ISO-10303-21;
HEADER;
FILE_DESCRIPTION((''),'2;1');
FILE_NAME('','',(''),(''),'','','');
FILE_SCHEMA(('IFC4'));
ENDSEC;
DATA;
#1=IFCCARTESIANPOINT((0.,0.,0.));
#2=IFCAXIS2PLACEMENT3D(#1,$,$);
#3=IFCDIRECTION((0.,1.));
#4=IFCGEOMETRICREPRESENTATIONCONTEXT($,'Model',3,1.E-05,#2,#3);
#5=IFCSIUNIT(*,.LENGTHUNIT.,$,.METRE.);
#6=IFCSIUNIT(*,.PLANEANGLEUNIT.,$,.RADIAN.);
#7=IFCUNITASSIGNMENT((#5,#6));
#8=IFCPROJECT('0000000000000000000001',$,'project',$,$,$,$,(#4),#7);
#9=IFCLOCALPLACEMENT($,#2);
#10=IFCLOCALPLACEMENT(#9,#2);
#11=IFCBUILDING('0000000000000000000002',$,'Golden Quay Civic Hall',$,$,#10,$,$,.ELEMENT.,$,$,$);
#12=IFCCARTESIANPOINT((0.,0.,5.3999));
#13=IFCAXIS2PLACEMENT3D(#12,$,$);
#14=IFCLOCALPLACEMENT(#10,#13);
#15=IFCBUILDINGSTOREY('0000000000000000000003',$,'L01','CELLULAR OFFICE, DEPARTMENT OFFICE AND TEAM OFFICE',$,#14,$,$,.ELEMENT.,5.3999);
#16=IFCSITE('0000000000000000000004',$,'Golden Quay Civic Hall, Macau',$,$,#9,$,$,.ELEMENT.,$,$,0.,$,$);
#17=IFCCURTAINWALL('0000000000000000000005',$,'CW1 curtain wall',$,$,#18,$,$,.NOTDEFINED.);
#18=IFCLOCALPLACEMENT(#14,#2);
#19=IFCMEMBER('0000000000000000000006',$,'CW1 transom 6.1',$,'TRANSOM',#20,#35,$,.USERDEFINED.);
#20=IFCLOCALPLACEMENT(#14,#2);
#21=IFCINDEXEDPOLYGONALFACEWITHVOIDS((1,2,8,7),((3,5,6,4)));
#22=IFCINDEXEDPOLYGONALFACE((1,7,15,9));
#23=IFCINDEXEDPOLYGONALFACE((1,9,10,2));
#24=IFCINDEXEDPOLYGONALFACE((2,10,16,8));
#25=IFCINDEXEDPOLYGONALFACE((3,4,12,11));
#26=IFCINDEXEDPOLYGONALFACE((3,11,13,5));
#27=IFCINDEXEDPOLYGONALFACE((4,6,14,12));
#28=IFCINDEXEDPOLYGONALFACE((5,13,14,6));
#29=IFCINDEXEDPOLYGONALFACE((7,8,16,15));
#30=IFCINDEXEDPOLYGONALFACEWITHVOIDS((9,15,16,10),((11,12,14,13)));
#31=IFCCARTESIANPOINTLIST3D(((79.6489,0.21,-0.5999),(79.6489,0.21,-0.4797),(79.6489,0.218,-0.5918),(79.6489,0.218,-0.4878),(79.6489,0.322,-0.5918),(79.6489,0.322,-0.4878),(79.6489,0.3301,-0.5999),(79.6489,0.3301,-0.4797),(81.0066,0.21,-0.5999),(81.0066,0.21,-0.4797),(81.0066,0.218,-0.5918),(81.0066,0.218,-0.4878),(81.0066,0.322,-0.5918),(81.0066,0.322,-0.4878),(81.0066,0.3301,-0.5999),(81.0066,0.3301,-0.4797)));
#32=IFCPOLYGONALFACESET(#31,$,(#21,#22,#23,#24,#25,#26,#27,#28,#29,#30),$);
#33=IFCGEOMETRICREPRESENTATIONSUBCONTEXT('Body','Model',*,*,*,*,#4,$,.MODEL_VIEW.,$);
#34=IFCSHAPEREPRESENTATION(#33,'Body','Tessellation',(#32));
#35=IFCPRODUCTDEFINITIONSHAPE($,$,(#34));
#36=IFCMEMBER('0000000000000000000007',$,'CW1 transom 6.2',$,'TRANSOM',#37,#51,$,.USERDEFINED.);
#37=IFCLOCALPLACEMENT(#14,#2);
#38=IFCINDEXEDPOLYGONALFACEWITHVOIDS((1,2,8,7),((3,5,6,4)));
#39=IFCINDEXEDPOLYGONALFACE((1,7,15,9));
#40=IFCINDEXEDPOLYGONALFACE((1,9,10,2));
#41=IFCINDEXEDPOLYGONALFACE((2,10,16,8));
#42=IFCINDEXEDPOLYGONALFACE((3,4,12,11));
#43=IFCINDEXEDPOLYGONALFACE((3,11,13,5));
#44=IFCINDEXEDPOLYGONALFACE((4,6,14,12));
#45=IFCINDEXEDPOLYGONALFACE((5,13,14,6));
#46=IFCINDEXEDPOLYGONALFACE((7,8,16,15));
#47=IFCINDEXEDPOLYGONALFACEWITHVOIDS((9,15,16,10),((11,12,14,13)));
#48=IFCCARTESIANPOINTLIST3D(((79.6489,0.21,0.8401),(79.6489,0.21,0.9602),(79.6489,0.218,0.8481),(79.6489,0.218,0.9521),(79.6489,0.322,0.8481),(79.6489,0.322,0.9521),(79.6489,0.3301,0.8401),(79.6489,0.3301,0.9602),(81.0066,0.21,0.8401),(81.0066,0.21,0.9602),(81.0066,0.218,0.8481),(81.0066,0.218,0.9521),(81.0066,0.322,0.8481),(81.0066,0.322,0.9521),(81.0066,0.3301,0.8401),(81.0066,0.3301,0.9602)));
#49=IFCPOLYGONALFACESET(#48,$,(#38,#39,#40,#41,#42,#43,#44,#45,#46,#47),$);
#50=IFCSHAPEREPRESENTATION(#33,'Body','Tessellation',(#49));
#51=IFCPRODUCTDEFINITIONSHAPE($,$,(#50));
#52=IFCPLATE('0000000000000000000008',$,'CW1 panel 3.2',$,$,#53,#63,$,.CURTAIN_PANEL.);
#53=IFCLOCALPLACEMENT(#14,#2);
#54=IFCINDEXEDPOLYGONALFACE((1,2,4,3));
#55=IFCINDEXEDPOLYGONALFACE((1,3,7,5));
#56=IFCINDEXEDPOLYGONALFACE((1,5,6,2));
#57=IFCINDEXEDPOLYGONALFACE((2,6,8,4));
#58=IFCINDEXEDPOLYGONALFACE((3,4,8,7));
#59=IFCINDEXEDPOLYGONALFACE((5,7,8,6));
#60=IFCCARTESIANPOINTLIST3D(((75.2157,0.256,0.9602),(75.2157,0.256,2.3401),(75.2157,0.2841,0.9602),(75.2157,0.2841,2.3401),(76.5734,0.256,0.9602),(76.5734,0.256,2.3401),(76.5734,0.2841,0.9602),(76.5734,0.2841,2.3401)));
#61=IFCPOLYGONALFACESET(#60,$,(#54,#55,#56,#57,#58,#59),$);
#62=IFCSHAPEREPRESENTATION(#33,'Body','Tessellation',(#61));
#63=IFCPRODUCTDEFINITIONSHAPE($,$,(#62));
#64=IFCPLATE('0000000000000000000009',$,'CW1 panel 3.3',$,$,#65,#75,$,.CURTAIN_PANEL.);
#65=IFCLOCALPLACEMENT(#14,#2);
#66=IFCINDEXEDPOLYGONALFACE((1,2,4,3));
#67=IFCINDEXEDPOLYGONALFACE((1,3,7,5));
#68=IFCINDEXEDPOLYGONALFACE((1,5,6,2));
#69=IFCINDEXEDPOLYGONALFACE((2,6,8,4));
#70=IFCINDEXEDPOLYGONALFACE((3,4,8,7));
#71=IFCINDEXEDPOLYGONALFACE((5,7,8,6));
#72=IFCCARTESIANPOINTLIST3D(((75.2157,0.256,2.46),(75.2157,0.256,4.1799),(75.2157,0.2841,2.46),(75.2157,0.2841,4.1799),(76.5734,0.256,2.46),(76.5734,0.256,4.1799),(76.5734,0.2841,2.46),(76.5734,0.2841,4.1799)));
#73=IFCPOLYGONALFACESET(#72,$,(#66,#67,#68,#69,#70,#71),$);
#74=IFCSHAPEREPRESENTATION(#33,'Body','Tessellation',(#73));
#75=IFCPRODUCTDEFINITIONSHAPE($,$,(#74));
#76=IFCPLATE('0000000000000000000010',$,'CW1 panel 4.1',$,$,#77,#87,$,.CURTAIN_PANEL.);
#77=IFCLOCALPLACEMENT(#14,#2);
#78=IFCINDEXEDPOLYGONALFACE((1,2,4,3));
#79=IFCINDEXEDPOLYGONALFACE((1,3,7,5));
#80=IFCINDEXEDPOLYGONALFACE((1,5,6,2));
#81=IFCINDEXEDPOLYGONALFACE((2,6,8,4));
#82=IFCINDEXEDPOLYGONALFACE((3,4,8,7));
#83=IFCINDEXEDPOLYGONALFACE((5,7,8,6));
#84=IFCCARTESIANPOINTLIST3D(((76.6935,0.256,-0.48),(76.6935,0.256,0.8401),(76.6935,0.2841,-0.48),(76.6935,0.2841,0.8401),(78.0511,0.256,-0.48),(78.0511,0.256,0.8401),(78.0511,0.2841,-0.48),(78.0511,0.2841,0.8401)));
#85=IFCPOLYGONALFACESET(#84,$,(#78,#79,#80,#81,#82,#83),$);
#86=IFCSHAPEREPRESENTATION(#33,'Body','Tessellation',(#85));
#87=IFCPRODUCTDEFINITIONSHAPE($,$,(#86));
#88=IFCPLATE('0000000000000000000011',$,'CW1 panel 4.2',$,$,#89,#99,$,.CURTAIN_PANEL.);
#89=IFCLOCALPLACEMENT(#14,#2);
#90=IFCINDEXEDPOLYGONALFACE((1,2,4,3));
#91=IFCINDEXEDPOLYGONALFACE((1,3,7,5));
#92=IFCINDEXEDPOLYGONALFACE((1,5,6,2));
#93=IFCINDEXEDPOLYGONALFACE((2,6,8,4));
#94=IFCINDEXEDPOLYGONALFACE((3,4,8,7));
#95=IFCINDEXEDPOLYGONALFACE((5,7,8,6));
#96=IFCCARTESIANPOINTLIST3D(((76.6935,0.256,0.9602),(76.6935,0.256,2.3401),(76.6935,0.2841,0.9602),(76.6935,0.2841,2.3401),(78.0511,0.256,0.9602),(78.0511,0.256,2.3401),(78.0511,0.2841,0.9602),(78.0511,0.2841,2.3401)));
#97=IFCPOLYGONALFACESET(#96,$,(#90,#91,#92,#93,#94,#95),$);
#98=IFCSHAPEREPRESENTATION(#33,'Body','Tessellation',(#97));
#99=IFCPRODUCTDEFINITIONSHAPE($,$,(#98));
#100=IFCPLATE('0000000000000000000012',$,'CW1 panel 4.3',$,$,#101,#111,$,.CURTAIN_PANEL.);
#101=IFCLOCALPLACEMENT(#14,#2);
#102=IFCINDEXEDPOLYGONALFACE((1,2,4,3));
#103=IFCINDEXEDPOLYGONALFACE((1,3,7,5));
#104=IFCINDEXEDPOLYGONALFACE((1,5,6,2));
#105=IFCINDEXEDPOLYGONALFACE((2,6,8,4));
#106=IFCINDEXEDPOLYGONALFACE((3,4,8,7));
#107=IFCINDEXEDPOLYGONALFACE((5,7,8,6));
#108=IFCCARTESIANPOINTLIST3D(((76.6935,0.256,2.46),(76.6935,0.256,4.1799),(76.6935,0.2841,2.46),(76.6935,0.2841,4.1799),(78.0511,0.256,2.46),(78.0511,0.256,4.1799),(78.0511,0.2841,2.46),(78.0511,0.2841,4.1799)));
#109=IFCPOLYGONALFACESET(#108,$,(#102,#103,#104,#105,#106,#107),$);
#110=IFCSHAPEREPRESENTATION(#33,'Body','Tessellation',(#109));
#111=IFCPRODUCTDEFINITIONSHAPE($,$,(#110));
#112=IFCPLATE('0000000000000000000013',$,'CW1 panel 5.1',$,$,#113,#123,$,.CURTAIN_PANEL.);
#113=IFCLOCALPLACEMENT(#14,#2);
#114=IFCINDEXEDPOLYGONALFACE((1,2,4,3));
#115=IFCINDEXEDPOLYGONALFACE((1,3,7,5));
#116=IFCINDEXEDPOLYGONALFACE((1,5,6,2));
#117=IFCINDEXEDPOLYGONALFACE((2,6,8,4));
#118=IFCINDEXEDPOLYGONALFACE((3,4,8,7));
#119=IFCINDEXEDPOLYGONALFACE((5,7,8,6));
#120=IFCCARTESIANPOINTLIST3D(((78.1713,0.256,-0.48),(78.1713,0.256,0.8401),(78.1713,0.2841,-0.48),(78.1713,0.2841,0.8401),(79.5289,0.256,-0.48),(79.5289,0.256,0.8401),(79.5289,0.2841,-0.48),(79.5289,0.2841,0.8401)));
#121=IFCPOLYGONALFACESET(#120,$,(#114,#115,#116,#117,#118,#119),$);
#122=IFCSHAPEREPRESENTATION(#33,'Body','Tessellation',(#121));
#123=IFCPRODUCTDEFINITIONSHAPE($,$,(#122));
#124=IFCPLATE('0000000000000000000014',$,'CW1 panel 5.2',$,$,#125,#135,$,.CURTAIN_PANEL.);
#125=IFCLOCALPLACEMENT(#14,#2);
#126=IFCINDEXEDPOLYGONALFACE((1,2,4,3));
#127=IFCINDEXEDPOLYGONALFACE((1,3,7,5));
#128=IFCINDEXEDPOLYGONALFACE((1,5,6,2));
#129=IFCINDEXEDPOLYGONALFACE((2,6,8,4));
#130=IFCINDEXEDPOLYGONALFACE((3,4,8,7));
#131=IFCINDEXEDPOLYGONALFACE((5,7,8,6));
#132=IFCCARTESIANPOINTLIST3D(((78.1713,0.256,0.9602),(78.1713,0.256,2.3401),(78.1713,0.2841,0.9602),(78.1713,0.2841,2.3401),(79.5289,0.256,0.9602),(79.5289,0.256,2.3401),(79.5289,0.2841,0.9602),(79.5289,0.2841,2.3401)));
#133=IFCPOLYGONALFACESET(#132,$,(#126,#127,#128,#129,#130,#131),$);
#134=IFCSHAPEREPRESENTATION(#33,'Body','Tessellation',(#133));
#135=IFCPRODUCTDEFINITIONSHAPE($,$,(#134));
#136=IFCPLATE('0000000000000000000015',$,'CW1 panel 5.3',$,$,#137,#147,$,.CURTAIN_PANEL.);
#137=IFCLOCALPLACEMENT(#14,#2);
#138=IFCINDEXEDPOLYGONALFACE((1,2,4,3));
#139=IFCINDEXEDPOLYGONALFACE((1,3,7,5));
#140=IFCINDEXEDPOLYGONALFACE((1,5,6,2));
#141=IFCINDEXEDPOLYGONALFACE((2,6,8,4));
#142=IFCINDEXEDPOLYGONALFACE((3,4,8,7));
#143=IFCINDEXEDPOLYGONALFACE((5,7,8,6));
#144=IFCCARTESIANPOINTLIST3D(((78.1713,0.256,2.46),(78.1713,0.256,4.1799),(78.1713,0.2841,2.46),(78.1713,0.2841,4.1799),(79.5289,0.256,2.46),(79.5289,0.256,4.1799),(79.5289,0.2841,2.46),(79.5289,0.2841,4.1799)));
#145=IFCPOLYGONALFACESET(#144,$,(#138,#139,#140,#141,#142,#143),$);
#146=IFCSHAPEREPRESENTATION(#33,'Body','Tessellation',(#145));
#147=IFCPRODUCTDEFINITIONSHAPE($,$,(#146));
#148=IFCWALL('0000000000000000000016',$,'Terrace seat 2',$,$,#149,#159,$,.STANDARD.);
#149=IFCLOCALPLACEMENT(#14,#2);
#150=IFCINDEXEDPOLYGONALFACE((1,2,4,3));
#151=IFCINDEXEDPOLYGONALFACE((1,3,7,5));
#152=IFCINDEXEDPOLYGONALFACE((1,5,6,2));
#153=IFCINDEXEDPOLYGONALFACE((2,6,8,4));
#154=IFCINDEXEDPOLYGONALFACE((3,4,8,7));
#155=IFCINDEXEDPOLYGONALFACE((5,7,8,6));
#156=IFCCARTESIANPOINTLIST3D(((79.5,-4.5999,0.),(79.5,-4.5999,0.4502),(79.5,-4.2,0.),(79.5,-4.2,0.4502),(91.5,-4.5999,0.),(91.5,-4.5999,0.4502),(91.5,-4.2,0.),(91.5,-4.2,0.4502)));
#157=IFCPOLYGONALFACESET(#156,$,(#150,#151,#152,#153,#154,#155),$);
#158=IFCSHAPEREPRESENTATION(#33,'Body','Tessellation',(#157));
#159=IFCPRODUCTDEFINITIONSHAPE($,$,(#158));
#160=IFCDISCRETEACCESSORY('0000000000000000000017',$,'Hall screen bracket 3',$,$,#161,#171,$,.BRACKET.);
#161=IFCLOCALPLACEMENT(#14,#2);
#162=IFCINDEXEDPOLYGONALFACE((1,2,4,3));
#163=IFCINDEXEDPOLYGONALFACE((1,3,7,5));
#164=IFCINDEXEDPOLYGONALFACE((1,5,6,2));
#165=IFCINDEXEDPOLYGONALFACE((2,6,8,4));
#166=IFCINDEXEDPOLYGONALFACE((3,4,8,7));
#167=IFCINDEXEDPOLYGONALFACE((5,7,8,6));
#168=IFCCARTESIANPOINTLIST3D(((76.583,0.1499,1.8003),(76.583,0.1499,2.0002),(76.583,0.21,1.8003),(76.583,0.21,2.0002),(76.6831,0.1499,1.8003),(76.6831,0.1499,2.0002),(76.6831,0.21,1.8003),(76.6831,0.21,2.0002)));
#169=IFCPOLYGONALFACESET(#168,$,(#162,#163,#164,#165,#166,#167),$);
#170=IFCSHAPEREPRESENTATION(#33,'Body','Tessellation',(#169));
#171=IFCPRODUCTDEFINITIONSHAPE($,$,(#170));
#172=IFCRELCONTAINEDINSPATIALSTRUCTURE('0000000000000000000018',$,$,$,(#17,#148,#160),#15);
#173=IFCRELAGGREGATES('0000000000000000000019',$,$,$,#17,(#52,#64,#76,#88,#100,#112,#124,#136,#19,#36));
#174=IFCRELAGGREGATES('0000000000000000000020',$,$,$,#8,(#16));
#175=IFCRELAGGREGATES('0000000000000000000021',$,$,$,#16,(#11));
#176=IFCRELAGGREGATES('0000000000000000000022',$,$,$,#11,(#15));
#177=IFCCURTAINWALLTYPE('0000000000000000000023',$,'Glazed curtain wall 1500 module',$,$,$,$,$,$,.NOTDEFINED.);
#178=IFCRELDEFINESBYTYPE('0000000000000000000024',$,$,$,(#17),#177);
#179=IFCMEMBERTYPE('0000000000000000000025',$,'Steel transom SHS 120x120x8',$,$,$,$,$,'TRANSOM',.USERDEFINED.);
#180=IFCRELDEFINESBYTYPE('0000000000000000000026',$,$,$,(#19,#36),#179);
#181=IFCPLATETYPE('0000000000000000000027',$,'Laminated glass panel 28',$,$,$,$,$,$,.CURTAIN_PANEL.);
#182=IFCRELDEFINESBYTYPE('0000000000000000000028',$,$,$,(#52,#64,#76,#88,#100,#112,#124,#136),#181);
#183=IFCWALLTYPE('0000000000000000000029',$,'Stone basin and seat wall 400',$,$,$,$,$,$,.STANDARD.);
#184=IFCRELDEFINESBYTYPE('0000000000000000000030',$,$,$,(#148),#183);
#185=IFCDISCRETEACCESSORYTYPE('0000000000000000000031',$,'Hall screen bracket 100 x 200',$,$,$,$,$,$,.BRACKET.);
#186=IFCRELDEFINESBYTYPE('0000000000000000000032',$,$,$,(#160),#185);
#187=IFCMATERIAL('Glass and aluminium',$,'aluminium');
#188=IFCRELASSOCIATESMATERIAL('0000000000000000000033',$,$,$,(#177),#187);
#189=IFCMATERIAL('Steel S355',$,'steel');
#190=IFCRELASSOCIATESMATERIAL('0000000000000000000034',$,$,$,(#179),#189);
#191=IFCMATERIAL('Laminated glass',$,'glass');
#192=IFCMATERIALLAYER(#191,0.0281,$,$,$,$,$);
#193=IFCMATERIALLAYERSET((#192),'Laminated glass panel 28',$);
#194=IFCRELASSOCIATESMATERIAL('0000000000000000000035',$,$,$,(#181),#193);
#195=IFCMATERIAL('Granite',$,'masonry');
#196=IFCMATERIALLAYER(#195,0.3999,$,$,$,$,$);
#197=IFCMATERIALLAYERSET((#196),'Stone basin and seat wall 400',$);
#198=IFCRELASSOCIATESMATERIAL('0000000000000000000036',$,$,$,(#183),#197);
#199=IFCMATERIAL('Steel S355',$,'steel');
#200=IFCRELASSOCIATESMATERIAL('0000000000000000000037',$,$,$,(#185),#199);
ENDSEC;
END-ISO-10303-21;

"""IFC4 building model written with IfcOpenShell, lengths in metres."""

from ifc_helpers import new_model, si_unit, direction, frame, frame_2d, origin, origin_2d, place, context, subcontext, project, spatial, rectangle, hollow_rectangle, extrude, material, layer, layer_set, material_profile, profile_set, type_object, element, aggregate, save


model = new_model("IFC4")

# Units and contexts
model_context = context("Model", 3, precision=1e-05, world=origin(), true_north=direction((0.0, 1.0)))
body_context = subcontext(model_context, "Body", "Model", "MODEL_VIEW")
ifc_project = project(units=[si_unit("LENGTHUNIT", "METRE"), si_unit("PLANEANGLEUNIT", "RADIAN")], contexts=[model_context])

# Site, building, storey
site_placement = place(None, origin())
site = spatial("IfcSite", under=ifc_project, at=site_placement, Name="Golden Quay Civic Hall, Macau", CompositionType="ELEMENT", RefElevation=0.0)
building_placement = place(site_placement, origin())
building = spatial("IfcBuilding", under=site, at=building_placement, Name="Golden Quay Civic Hall", CompositionType="ELEMENT")
storey_placement = place(building_placement, frame((0.0, 0.0, 5.3999)))
storey = spatial("IfcBuildingStorey", under=building, at=storey_placement, Name="L01", Description="CELLULAR OFFICE, DEPARTMENT OFFICE AND TEAM OFFICE", CompositionType="ELEMENT", Elevation=5.3999)

# Curtain wall, members, plates
ifc_material_1 = material(Name="Glass and aluminium", Category="aluminium")
curtain_wall_type = type_object("IfcCurtainWallType", Name="Glazed curtain wall 1500 module", PredefinedType="NOTDEFINED", material=ifc_material_1)
curtain_wall_placement = place(storey_placement, origin())
curtain_wall = element("IfcCurtainWall", 1, at=curtain_wall_placement, inside=storey, type_object=curtain_wall_type, Name="CW1 curtain wall", PredefinedType="NOTDEFINED")
ifc_material_2 = material(Name="Steel S355", Category="steel")
ifc_material_profile_1 = material_profile(ifc_material_2, hollow_rectangle(XDim=0.1201, YDim=0.1201, WallThickness=0.0081, at=origin_2d()), Name="SHS 120x120x8")
ifc_profile_set_1 = profile_set([ifc_material_profile_1], Name="Steel S355")
member_type_1 = type_object("IfcMemberType", Name="Steel transom SHS 120x120x8", ElementType="TRANSOM", PredefinedType="USERDEFINED", material=ifc_profile_set_1)
member_1_placement = place(storey_placement, frame((79.6489, 0.27, -0.5398), z_axis=(1.0, 0.0, 0.0), x_axis=(0.0, 1.0, 0.0)))
member_1 = element("IfcMember", 2, at=member_1_placement, type_object=member_type_1, Name="CW1 transom 6.1", ObjectType="TRANSOM", PredefinedType="USERDEFINED", context=body_context, shape_type="SweptSolid", body=[
    extrude(hollow_rectangle(XDim=0.1201, YDim=0.1201, WallThickness=0.0081, at=origin_2d()), origin(), (0.0, 0.0, 1.0), 1.3577),
])
member_2_placement = place(storey_placement, frame((79.6489, 0.27, 0.9001), z_axis=(1.0, 0.0, 0.0), x_axis=(0.0, 1.0, 0.0)))
member_2 = element("IfcMember", 3, at=member_2_placement, type_object=member_type_1, Name="CW1 transom 6.2", ObjectType="TRANSOM", PredefinedType="USERDEFINED", context=body_context, shape_type="SweptSolid", body=[
    extrude(hollow_rectangle(XDim=0.1201, YDim=0.1201, WallThickness=0.0081, at=origin_2d()), origin(), (0.0, 0.0, 1.0), 1.3577),
])
ifc_material_3 = material(Name="Laminated glass", Category="glass")
ifc_layer_1 = layer(ifc_material_3, 0.0281)
ifc_layer_set_1 = layer_set([ifc_layer_1], Name="Laminated glass panel 28")
plate_type_1 = type_object("IfcPlateType", Name="Laminated glass panel 28", PredefinedType="CURTAIN_PANEL", material=ifc_layer_set_1)
plate_1_placement = place(storey_placement, frame((75.8945, 0.27, 0.9602), z_axis=(0.0, 0.0, 1.0), x_axis=(1.0, 0.0, 0.0)))
plate_1 = element("IfcPlate", 4, at=plate_1_placement, type_object=plate_type_1, Name="CW1 panel 3.2", PredefinedType="CURTAIN_PANEL", context=body_context, shape_type="SweptSolid", body=[
    extrude(rectangle(XDim=1.3577, YDim=0.0281, at=origin_2d()), origin(), (0.0, 0.0, 1.0), 1.3799),
])
plate_2_placement = place(storey_placement, frame((75.8945, 0.27, 2.46), z_axis=(0.0, 0.0, 1.0), x_axis=(1.0, 0.0, 0.0)))
plate_2 = element("IfcPlate", 5, at=plate_2_placement, type_object=plate_type_1, Name="CW1 panel 3.3", PredefinedType="CURTAIN_PANEL", context=body_context, shape_type="SweptSolid", body=[
    extrude(rectangle(XDim=1.3577, YDim=0.0281, at=origin_2d()), origin(), (0.0, 0.0, 1.0), 1.72),
])
plate_3_placement = place(storey_placement, frame((77.3723, 0.27, -0.48), z_axis=(0.0, 0.0, 1.0), x_axis=(1.0, 0.0, 0.0)))
plate_3 = element("IfcPlate", 6, at=plate_3_placement, type_object=plate_type_1, Name="CW1 panel 4.1", PredefinedType="CURTAIN_PANEL", context=body_context, shape_type="SweptSolid", body=[
    extrude(rectangle(XDim=1.3577, YDim=0.0281, at=origin_2d()), origin(), (0.0, 0.0, 1.0), 1.3201),
])
plate_4_placement = place(storey_placement, frame((77.3723, 0.27, 0.9602), z_axis=(0.0, 0.0, 1.0), x_axis=(1.0, 0.0, 0.0)))
plate_4 = element("IfcPlate", 7, at=plate_4_placement, type_object=plate_type_1, Name="CW1 panel 4.2", PredefinedType="CURTAIN_PANEL", context=body_context, shape_type="SweptSolid", body=[
    extrude(rectangle(XDim=1.3577, YDim=0.0281, at=origin_2d()), origin(), (0.0, 0.0, 1.0), 1.3799),
])
plate_5_placement = place(storey_placement, frame((77.3723, 0.27, 2.46), z_axis=(0.0, 0.0, 1.0), x_axis=(1.0, 0.0, 0.0)))
plate_5 = element("IfcPlate", 8, at=plate_5_placement, type_object=plate_type_1, Name="CW1 panel 4.3", PredefinedType="CURTAIN_PANEL", context=body_context, shape_type="SweptSolid", body=[
    extrude(rectangle(XDim=1.3577, YDim=0.0281, at=origin_2d()), origin(), (0.0, 0.0, 1.0), 1.72),
])
plate_6_placement = place(storey_placement, frame((78.8501, 0.27, -0.48), z_axis=(0.0, 0.0, 1.0), x_axis=(1.0, 0.0, 0.0)))
plate_6 = element("IfcPlate", 9, at=plate_6_placement, type_object=plate_type_1, Name="CW1 panel 5.1", PredefinedType="CURTAIN_PANEL", context=body_context, shape_type="SweptSolid", body=[
    extrude(rectangle(XDim=1.3577, YDim=0.0281, at=origin_2d()), origin(), (0.0, 0.0, 1.0), 1.3201),
])
plate_7_placement = place(storey_placement, frame((78.8501, 0.27, 0.9602), z_axis=(0.0, 0.0, 1.0), x_axis=(1.0, 0.0, 0.0)))
plate_7 = element("IfcPlate", 10, at=plate_7_placement, type_object=plate_type_1, Name="CW1 panel 5.2", PredefinedType="CURTAIN_PANEL", context=body_context, shape_type="SweptSolid", body=[
    extrude(rectangle(XDim=1.3577, YDim=0.0281, at=origin_2d()), origin(), (0.0, 0.0, 1.0), 1.3799),
])
plate_8_placement = place(storey_placement, frame((78.8501, 0.27, 2.46), z_axis=(0.0, 0.0, 1.0), x_axis=(1.0, 0.0, 0.0)))
plate_8 = element("IfcPlate", 11, at=plate_8_placement, type_object=plate_type_1, Name="CW1 panel 5.3", PredefinedType="CURTAIN_PANEL", context=body_context, shape_type="SweptSolid", body=[
    extrude(rectangle(XDim=1.3577, YDim=0.0281, at=origin_2d()), origin(), (0.0, 0.0, 1.0), 1.72),
])
aggregate(curtain_wall, [plate_1, plate_2, plate_3, plate_4, plate_5, plate_6, plate_7, plate_8, member_1, member_2])

# Wall
ifc_material_4 = material(Name="Granite", Category="masonry")
ifc_layer_2 = layer(ifc_material_4, 0.3999)
ifc_layer_set_2 = layer_set([ifc_layer_2], Name="Stone basin and seat wall 400")
wall_type = type_object("IfcWallType", Name="Stone basin and seat wall 400", PredefinedType="STANDARD", material=ifc_layer_set_2)
wall_placement = place(storey_placement, frame((79.5, -4.3999, 0.0), z_axis=(0.0, 0.0, 1.0), x_axis=(1.0, 0.0, 0.0)))
element("IfcWall", 12, at=wall_placement, inside=storey, type_object=wall_type, Name="Terrace seat 2", PredefinedType="STANDARD", context=body_context, shape_type="SweptSolid", body=[
    extrude(rectangle(XDim=12.0, YDim=0.3999, at=frame_2d((6.0, 0.0))), origin(), (0.0, 0.0, 1.0), 0.4502),
])

# Discrete accessory
ifc_material_5 = material(Name="Steel S355", Category="steel")
discrete_accessory_type = type_object("IfcDiscreteAccessoryType", Name="Hall screen bracket 100 x 200", PredefinedType="BRACKET", material=ifc_material_5)
discrete_accessory_placement = place(storey_placement, frame((76.6331, 0.1799, 1.8003), z_axis=(0.0, 0.0, 1.0), x_axis=(1.0, 0.0, 0.0)))
element("IfcDiscreteAccessory", 13, at=discrete_accessory_placement, inside=storey, type_object=discrete_accessory_type, Name="Hall screen bracket 3", PredefinedType="BRACKET", context=body_context, shape_type="SweptSolid", body=[
    extrude(rectangle(XDim=0.1001, YDim=0.0601, at=origin_2d()), origin(), (0.0, 0.0, 1.0), 0.2),
])

save(model, "model.ifc")
